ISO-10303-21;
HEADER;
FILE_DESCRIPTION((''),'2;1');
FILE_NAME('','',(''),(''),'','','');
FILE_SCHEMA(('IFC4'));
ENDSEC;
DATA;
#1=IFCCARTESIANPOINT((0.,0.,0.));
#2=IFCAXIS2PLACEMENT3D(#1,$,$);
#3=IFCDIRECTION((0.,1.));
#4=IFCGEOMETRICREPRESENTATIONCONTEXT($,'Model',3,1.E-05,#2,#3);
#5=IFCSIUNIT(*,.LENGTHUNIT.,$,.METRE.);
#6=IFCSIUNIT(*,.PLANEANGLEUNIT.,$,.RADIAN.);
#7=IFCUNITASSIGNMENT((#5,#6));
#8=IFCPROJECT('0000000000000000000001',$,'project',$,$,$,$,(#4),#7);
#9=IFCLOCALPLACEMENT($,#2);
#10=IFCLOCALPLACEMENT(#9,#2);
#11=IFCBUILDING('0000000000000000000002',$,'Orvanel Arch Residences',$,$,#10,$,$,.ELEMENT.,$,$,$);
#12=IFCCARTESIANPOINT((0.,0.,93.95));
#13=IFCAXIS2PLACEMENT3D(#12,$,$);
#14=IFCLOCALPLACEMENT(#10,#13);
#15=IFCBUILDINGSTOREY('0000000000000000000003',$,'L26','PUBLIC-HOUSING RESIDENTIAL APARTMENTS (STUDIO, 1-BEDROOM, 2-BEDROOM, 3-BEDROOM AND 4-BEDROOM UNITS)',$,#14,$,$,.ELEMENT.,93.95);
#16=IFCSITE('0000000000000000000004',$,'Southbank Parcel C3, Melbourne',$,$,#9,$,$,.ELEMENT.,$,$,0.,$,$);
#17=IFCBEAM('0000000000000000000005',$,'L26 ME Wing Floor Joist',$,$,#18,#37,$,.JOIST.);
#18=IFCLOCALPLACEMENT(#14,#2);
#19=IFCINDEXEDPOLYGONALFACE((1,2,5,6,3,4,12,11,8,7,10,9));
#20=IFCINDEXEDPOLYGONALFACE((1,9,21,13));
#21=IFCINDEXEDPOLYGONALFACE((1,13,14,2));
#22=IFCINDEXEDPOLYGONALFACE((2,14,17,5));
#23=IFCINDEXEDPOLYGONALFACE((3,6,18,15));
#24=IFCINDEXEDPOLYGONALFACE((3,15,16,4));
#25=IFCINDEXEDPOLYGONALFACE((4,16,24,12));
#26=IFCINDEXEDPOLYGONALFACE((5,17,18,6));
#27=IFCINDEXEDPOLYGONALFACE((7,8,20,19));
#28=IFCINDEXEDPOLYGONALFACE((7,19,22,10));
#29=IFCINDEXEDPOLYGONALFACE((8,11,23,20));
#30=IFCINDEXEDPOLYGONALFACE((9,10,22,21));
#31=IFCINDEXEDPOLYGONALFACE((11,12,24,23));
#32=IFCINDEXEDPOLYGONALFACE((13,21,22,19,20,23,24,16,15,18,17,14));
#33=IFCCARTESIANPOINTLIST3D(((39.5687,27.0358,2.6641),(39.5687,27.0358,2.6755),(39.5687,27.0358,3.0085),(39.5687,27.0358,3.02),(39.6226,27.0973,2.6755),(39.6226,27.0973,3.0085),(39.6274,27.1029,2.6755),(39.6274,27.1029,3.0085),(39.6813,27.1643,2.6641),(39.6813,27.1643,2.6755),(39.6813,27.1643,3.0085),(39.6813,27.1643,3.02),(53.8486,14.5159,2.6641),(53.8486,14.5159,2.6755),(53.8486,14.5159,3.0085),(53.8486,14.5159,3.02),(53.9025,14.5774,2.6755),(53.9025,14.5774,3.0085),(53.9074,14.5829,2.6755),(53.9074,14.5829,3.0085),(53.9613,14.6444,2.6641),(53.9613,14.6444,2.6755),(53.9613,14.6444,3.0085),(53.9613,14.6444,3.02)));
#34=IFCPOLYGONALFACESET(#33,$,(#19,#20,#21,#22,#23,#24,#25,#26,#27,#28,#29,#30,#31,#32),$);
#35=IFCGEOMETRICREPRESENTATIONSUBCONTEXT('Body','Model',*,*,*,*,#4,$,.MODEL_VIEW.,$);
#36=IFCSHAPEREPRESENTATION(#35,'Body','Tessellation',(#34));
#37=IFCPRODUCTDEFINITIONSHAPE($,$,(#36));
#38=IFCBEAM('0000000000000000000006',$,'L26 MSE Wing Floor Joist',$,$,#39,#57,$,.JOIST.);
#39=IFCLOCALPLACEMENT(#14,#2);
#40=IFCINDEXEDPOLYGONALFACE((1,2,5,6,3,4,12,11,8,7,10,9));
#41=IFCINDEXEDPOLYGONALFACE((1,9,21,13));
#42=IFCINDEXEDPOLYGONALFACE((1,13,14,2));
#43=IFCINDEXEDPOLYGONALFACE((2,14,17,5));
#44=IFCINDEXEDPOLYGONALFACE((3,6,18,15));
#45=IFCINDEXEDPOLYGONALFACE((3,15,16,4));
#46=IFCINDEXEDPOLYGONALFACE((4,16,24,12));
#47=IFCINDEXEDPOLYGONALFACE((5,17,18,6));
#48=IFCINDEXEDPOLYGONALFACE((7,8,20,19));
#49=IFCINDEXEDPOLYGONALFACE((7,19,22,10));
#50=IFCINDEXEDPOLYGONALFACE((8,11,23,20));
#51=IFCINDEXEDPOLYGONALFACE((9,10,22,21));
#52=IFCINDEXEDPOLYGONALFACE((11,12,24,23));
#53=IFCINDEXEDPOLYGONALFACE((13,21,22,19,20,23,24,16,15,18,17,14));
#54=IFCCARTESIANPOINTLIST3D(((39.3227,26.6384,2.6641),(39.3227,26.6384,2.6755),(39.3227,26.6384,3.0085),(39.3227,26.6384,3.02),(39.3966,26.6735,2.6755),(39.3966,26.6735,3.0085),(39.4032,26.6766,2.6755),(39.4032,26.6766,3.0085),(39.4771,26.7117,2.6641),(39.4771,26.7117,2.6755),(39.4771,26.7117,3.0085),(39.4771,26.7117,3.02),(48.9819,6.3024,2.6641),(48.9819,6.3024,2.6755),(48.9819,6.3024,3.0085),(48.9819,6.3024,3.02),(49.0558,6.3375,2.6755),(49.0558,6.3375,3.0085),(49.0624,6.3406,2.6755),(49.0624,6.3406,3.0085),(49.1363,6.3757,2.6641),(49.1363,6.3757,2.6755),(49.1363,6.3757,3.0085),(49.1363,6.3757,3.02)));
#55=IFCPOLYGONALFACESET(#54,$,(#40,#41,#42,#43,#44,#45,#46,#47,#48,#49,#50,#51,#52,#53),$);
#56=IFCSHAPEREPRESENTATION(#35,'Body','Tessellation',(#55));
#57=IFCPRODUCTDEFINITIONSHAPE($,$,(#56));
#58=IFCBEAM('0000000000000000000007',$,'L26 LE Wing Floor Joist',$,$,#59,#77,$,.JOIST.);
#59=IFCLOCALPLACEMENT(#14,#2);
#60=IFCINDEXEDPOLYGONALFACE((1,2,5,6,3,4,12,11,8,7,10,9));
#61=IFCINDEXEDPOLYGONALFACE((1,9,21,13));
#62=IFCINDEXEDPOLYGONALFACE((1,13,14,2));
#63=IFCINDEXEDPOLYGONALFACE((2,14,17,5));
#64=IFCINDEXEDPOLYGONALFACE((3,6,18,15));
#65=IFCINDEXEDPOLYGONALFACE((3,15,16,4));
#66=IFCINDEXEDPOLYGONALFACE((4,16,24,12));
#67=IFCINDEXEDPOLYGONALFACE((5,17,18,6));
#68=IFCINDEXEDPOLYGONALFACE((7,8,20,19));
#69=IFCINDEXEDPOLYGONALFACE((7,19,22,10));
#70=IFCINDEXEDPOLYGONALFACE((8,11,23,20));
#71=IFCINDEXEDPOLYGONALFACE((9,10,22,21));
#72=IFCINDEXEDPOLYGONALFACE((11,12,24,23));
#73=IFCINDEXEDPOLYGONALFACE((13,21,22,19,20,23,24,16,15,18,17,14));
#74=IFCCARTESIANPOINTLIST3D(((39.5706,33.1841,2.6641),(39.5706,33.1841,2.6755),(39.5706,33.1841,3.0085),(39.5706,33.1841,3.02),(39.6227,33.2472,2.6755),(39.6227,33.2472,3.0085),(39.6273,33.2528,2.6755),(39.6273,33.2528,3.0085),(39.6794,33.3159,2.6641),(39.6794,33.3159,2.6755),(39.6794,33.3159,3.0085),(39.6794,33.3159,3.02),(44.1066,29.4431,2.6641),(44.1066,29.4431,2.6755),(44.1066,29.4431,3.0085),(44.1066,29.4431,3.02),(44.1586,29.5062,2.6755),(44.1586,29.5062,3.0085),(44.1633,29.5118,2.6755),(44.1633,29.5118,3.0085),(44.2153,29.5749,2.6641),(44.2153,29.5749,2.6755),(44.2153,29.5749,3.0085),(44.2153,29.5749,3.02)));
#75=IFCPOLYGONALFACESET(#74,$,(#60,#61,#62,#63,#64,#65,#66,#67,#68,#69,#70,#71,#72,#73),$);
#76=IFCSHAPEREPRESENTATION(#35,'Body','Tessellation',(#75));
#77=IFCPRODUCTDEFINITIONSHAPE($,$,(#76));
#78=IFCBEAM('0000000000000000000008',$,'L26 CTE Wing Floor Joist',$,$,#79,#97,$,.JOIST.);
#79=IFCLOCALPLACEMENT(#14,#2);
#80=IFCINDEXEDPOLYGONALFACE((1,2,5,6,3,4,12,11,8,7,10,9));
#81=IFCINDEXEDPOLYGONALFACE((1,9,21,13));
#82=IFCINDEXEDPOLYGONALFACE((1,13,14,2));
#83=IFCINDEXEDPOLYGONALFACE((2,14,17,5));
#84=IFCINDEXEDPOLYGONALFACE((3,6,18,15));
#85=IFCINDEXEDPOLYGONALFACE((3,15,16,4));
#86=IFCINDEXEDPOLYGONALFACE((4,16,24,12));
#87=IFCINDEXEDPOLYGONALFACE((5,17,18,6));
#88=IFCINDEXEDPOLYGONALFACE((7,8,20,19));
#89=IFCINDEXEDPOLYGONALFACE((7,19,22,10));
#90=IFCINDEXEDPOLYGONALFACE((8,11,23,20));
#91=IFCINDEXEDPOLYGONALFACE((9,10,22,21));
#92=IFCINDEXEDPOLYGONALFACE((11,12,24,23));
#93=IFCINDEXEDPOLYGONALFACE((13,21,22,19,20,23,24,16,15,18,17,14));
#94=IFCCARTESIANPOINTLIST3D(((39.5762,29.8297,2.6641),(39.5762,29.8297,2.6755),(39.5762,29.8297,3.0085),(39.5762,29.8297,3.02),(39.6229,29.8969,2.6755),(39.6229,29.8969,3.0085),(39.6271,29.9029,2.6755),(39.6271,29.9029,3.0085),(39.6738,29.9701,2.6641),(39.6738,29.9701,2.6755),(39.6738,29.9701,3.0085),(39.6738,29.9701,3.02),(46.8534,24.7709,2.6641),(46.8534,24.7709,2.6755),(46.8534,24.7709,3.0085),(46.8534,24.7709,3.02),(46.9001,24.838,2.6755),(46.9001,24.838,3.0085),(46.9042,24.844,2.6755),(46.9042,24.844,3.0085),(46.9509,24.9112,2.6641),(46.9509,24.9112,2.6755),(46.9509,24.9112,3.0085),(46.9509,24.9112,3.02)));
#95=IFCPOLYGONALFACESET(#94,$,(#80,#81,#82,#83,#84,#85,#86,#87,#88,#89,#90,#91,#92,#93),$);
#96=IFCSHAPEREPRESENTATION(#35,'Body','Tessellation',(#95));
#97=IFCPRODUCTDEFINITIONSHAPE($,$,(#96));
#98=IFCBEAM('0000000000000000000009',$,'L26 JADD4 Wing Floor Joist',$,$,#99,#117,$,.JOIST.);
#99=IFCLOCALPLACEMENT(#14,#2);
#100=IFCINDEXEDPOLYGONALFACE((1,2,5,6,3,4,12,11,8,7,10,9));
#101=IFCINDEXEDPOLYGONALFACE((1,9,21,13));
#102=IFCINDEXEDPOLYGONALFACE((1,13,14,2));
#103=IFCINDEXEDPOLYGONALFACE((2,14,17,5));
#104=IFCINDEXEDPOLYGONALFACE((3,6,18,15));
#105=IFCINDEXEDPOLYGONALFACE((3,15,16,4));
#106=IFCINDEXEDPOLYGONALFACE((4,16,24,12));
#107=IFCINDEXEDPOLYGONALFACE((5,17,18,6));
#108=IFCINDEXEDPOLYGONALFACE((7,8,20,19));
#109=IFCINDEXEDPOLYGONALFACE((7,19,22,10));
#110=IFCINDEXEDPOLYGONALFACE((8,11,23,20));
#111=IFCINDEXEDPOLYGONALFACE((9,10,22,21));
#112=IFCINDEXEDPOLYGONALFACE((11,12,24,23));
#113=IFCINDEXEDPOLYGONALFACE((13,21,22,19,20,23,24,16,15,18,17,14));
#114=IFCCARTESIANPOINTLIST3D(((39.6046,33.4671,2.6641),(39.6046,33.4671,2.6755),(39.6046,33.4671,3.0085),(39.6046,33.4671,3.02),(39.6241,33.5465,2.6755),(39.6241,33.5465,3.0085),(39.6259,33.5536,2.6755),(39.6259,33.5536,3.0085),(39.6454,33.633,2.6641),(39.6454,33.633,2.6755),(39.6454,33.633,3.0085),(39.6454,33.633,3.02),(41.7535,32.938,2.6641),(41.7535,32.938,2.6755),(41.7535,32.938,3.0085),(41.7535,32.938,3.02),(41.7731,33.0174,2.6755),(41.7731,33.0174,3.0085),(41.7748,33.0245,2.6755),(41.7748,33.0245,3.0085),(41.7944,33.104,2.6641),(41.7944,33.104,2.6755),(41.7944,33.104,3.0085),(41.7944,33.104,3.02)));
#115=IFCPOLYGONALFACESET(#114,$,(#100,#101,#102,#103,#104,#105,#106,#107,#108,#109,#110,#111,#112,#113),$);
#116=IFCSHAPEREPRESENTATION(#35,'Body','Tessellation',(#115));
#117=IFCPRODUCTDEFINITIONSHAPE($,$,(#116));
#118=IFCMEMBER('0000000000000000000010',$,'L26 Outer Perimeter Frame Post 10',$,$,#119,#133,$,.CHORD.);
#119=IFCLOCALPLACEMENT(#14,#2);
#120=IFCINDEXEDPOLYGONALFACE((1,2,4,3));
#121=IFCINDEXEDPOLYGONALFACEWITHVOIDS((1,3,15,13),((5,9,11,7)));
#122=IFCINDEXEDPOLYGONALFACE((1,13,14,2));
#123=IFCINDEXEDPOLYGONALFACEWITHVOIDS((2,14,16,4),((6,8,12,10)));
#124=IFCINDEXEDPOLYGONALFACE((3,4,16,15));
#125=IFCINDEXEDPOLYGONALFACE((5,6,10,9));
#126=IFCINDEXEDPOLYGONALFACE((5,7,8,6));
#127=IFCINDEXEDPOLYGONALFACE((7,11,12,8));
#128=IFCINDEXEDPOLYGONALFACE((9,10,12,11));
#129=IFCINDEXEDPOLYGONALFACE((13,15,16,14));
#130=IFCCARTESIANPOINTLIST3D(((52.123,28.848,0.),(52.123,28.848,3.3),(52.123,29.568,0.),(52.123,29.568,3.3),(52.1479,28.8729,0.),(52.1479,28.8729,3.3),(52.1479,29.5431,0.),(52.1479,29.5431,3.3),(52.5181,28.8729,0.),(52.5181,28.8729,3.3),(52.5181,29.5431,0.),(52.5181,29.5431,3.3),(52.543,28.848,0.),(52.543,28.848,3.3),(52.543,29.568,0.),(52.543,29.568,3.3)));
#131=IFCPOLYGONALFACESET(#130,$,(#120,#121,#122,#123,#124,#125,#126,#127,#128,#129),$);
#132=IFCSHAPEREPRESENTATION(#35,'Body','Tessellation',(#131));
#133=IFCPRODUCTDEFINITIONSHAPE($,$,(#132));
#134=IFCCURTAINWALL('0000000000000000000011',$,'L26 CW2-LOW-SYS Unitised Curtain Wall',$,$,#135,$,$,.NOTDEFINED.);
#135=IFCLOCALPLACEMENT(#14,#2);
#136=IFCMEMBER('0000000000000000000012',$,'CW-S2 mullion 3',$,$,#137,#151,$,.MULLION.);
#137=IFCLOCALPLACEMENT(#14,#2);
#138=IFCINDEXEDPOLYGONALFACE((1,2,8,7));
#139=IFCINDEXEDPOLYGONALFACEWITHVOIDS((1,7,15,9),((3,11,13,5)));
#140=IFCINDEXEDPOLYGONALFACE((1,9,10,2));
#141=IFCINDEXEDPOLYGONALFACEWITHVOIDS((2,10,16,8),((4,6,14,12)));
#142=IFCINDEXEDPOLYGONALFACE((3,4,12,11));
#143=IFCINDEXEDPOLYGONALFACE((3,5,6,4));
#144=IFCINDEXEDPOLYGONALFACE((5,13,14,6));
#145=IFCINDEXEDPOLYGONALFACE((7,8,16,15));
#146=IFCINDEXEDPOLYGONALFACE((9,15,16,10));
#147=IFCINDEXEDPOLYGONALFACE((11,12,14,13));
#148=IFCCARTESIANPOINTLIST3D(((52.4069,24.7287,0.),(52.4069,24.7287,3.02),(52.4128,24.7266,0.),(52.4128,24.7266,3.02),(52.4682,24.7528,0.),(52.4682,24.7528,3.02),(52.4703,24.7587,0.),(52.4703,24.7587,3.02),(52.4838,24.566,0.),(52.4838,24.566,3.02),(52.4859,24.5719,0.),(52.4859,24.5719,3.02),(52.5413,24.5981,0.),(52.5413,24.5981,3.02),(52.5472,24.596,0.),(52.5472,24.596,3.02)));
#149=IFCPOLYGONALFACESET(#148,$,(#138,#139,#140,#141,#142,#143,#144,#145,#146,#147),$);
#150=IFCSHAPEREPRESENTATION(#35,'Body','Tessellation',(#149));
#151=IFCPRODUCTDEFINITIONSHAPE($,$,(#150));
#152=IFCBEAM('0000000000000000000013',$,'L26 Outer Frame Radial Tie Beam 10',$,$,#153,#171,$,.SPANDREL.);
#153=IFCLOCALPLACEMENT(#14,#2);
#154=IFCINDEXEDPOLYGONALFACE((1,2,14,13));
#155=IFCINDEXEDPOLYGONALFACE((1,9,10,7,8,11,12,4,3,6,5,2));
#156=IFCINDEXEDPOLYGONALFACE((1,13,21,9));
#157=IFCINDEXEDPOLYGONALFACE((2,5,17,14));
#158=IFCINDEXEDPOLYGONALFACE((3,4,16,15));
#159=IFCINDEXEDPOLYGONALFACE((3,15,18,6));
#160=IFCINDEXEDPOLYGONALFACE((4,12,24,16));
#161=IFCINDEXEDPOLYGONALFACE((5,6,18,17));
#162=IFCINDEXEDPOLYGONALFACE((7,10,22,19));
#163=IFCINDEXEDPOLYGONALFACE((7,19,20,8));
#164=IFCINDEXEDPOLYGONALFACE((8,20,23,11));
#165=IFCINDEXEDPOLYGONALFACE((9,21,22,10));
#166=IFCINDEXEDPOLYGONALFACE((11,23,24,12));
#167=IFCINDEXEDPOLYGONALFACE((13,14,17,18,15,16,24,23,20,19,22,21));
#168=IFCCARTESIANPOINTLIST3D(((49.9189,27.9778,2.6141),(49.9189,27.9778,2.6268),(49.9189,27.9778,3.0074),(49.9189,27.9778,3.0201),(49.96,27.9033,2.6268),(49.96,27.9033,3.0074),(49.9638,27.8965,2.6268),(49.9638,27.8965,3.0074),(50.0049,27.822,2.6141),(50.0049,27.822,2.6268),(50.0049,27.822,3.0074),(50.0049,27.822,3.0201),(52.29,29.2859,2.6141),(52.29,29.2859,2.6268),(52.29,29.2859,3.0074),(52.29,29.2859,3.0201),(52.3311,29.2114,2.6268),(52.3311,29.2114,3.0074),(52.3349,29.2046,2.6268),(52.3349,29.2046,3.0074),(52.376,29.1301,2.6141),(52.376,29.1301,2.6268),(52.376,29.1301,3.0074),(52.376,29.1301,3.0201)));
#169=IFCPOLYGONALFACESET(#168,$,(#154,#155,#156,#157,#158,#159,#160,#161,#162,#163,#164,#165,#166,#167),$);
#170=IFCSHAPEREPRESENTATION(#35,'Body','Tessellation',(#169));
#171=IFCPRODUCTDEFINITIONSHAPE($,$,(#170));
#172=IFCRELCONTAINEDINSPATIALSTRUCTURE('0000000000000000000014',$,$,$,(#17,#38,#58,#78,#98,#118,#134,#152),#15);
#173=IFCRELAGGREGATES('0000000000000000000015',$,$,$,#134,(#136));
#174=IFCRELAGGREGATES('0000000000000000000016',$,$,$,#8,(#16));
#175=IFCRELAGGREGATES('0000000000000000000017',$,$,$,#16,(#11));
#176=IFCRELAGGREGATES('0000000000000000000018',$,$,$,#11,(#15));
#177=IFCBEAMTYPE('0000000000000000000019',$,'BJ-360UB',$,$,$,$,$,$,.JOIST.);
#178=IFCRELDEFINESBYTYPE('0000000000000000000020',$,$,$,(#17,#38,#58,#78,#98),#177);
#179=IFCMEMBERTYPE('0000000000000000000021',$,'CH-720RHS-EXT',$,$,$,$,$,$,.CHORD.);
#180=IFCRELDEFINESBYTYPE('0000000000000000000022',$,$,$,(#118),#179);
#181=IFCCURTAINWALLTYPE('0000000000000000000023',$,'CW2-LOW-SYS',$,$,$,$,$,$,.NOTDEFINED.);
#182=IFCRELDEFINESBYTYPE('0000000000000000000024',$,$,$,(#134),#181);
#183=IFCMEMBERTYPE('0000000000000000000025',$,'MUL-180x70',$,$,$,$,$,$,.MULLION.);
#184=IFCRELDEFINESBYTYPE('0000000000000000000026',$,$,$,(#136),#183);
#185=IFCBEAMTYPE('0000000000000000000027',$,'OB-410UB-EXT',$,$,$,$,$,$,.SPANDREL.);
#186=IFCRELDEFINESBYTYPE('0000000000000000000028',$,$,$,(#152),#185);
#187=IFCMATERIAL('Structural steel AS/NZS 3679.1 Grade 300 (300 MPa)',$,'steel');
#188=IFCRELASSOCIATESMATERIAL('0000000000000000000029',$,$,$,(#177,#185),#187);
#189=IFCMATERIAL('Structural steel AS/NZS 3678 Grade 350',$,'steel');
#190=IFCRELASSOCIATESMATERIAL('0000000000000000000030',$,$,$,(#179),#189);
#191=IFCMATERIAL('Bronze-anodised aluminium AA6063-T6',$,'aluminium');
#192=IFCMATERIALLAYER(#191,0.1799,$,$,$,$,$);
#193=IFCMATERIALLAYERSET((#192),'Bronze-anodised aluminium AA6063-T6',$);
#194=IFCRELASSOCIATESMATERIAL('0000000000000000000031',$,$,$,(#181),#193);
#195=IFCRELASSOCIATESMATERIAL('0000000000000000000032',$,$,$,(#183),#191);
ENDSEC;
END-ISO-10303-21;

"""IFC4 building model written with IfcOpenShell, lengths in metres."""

from ifc_helpers import new_model, si_unit, direction, frame, origin, origin_2d, place, context, subcontext, project, spatial, hollow_rectangle, i_section, extrude, material, layer, layer_set, material_profile, profile_set, type_object, element, aggregate, save


model = new_model("IFC4")

# Units and contexts
model_context = context("Model", 3, precision=1e-05, world=origin(), true_north=direction((0.0, 1.0)))
body_context = subcontext(model_context, "Body", "Model", "MODEL_VIEW")
ifc_project = project(units=[si_unit("LENGTHUNIT", "METRE"), si_unit("PLANEANGLEUNIT", "RADIAN")], contexts=[model_context])

# Site, building, storey
site_placement = place(None, origin())
site = spatial("IfcSite", under=ifc_project, at=site_placement, Name="Southbank Parcel C3, Melbourne", CompositionType="ELEMENT", RefElevation=0.0)
building_placement = place(site_placement, origin())
building = spatial("IfcBuilding", under=site, at=building_placement, Name="Orvanel Arch Residences", CompositionType="ELEMENT")
storey_placement = place(building_placement, frame((0.0, 0.0, 93.95)))
storey = spatial("IfcBuildingStorey", under=building, at=storey_placement, Name="L26", Description="PUBLIC-HOUSING RESIDENTIAL APARTMENTS (STUDIO, 1-BEDROOM, 2-BEDROOM, 3-BEDROOM AND 4-BEDROOM UNITS)", CompositionType="ELEMENT", Elevation=93.95)

# Beams
ifc_material_1 = material(Name="Structural steel AS/NZS 3679.1 Grade 300 (300 MPa)", Category="steel")
ifc_material_profile_1 = material_profile(ifc_material_1, i_section(OverallWidth=0.1709, OverallDepth=0.356, WebThickness=0.0073, FlangeThickness=0.0115, at=origin_2d()), Name="360UB50.7")
ifc_profile_set_1 = profile_set([ifc_material_profile_1], Name="Structural steel AS/NZS 3679.1 Grade 300 (300 MPa)")
beam_type_1 = type_object("IfcBeamType", Name="BJ-360UB", PredefinedType="JOIST", material=ifc_profile_set_1)
beam_1_placement = place(storey_placement, frame((39.625, 27.1001, 2.842), z_axis=(0.751924, -0.65925, 0.0), x_axis=(0.65925, 0.751924, 0.0)))
element("IfcBeam", 1, at=beam_1_placement, inside=storey, type_object=beam_type_1, Name="L26 ME Wing Floor Joist", PredefinedType="JOIST", context=body_context, shape_type="SweptSolid", body=[
    extrude(i_section(OverallWidth=0.1709, OverallDepth=0.356, WebThickness=0.0073, FlangeThickness=0.0115, at=origin_2d()), origin(), (0.0, 0.0, 1.0), 18.9912),
])
beam_2_placement = place(storey_placement, frame((39.3999, 26.675, 2.842), z_axis=(0.429043, -0.903284, 0.0), x_axis=(0.903284, 0.429043, 0.0)))
element("IfcBeam", 2, at=beam_2_placement, inside=storey, type_object=beam_type_1, Name="L26 MSE Wing Floor Joist", PredefinedType="JOIST", context=body_context, shape_type="SweptSolid", body=[
    extrude(i_section(OverallWidth=0.1709, OverallDepth=0.356, WebThickness=0.0073, FlangeThickness=0.0115, at=origin_2d()), origin(), (0.0, 0.0, 1.0), 22.5134),
])
beam_3_placement = place(storey_placement, frame((39.625, 33.25, 2.842), z_axis=(0.771469, -0.636267, 0.0), x_axis=(0.636267, 0.771469, 0.0)))
element("IfcBeam", 3, at=beam_3_placement, inside=storey, type_object=beam_type_1, Name="L26 LE Wing Floor Joist", PredefinedType="JOIST", context=body_context, shape_type="SweptSolid", body=[
    extrude(i_section(OverallWidth=0.1709, OverallDepth=0.356, WebThickness=0.0073, FlangeThickness=0.0115, at=origin_2d()), origin(), (0.0, 0.0, 1.0), 5.8796),
])
beam_4_placement = place(storey_placement, frame((39.625, 29.8999, 2.842), z_axis=(0.82109, -0.570799, 0.0), x_axis=(0.570799, 0.82109, 0.0)))
element("IfcBeam", 4, at=beam_4_placement, inside=storey, type_object=beam_type_1, Name="L26 CTE Wing Floor Joist", PredefinedType="JOIST", context=body_context, shape_type="SweptSolid", body=[
    extrude(i_section(OverallWidth=0.1709, OverallDepth=0.356, WebThickness=0.0073, FlangeThickness=0.0115, at=origin_2d()), origin(), (0.0, 0.0, 1.0), 8.8628),
])
beam_5_placement = place(storey_placement, frame((39.625, 33.55, 2.842), z_axis=(0.971006, -0.239056, 0.0), x_axis=(0.239056, 0.971006, 0.0)))
element("IfcBeam", 5, at=beam_5_placement, inside=storey, type_object=beam_type_1, Name="L26 JADD4 Wing Floor Joist", PredefinedType="JOIST", context=body_context, shape_type="SweptSolid", body=[
    extrude(i_section(OverallWidth=0.1709, OverallDepth=0.356, WebThickness=0.0073, FlangeThickness=0.0115, at=origin_2d()), origin(), (0.0, 0.0, 1.0), 2.2131),
])

# Member
ifc_material_2 = material(Name="Structural steel AS/NZS 3678 Grade 350", Category="steel")
ifc_material_profile_2 = material_profile(ifc_material_2, hollow_rectangle(XDim=0.4199, YDim=0.72, WallThickness=0.0249, at=origin_2d()), Name="RHS720x420x25")
ifc_profile_set_2 = profile_set([ifc_material_profile_2], Name="Structural steel AS/NZS 3678 Grade 350")
member_type_1 = type_object("IfcMemberType", Name="CH-720RHS-EXT", PredefinedType="CHORD", material=ifc_profile_set_2)
member_1_placement = place(storey_placement, frame((52.333, 29.208, 0.0), z_axis=(0.0, 0.0, 1.0), x_axis=(1.0, 0.0, 0.0)))
element("IfcMember", 6, at=member_1_placement, inside=storey, type_object=member_type_1, Name="L26 Outer Perimeter Frame Post 10", PredefinedType="CHORD", context=body_context, shape_type="SweptSolid", body=[
    extrude(hollow_rectangle(XDim=0.4199, YDim=0.72, WallThickness=0.0249, at=origin_2d()), origin(), (0.0, 0.0, 1.0), 3.3),
])

# Curtain wall, member
ifc_material_3 = material(Name="Bronze-anodised aluminium AA6063-T6", Category="aluminium")
ifc_layer_1 = layer(ifc_material_3, 0.1799)
ifc_layer_set_1 = layer_set([ifc_layer_1], Name="Bronze-anodised aluminium AA6063-T6")
curtain_wall_type = type_object("IfcCurtainWallType", Name="CW2-LOW-SYS", PredefinedType="NOTDEFINED", material=ifc_layer_set_1)
curtain_wall_placement = place(storey_placement, origin())
curtain_wall = element("IfcCurtainWall", 7, at=curtain_wall_placement, inside=storey, type_object=curtain_wall_type, Name="L26 CW2-LOW-SYS Unitised Curtain Wall", PredefinedType="NOTDEFINED")
ifc_material_profile_3 = material_profile(ifc_material_3, hollow_rectangle(XDim=0.0701, YDim=0.1799, WallThickness=0.0044, at=origin_2d()), Name="ALU180x70x4.5")
ifc_profile_set_3 = profile_set([ifc_material_profile_3], Name="Bronze-anodised aluminium AA6063-T6")
member_type_2 = type_object("IfcMemberType", Name="MUL-180x70", PredefinedType="MULLION", material=ifc_profile_set_3)
member_2_placement = place(storey_placement, frame((52.4771, 24.6624, 0.0), z_axis=(0.0, 0.0, 1.0), x_axis=(-0.904168, -0.427176, 0.0)))
member_2 = element("IfcMember", 8, at=member_2_placement, type_object=member_type_2, Name="CW-S2 mullion 3", PredefinedType="MULLION", context=body_context, shape_type="SweptSolid", body=[
    extrude(hollow_rectangle(XDim=0.0701, YDim=0.1799, WallThickness=0.0044, at=origin_2d()), origin(), (0.0, 0.0, 1.0), 3.02),
])
aggregate(curtain_wall, [member_2])

# Beam
ifc_material_profile_4 = material_profile(ifc_material_1, i_section(OverallWidth=0.178, OverallDepth=0.406, WebThickness=0.0078, FlangeThickness=0.0127, at=origin_2d()), Name="410UB59.7")
ifc_profile_set_4 = profile_set([ifc_material_profile_4], Name="Structural steel AS/NZS 3679.1 Grade 300 (300 MPa)")
beam_type_2 = type_object("IfcBeamType", Name="OB-410UB-EXT", PredefinedType="SPANDREL", material=ifc_profile_set_4)
beam_6_placement = place(storey_placement, frame((49.9619, 27.8999, 2.8171), z_axis=(0.875591, 0.483054, 0.0), x_axis=(-0.483054, 0.875591, 0.0)))
element("IfcBeam", 9, at=beam_6_placement, inside=storey, type_object=beam_type_2, Name="L26 Outer Frame Radial Tie Beam 10", PredefinedType="SPANDREL", context=body_context, shape_type="SweptSolid", body=[
    extrude(i_section(OverallWidth=0.178, OverallDepth=0.406, WebThickness=0.0078, FlangeThickness=0.0127, at=origin_2d()), origin(), (0.0, 0.0, 1.0), 2.708),
])

save(model, "model.ifc")
